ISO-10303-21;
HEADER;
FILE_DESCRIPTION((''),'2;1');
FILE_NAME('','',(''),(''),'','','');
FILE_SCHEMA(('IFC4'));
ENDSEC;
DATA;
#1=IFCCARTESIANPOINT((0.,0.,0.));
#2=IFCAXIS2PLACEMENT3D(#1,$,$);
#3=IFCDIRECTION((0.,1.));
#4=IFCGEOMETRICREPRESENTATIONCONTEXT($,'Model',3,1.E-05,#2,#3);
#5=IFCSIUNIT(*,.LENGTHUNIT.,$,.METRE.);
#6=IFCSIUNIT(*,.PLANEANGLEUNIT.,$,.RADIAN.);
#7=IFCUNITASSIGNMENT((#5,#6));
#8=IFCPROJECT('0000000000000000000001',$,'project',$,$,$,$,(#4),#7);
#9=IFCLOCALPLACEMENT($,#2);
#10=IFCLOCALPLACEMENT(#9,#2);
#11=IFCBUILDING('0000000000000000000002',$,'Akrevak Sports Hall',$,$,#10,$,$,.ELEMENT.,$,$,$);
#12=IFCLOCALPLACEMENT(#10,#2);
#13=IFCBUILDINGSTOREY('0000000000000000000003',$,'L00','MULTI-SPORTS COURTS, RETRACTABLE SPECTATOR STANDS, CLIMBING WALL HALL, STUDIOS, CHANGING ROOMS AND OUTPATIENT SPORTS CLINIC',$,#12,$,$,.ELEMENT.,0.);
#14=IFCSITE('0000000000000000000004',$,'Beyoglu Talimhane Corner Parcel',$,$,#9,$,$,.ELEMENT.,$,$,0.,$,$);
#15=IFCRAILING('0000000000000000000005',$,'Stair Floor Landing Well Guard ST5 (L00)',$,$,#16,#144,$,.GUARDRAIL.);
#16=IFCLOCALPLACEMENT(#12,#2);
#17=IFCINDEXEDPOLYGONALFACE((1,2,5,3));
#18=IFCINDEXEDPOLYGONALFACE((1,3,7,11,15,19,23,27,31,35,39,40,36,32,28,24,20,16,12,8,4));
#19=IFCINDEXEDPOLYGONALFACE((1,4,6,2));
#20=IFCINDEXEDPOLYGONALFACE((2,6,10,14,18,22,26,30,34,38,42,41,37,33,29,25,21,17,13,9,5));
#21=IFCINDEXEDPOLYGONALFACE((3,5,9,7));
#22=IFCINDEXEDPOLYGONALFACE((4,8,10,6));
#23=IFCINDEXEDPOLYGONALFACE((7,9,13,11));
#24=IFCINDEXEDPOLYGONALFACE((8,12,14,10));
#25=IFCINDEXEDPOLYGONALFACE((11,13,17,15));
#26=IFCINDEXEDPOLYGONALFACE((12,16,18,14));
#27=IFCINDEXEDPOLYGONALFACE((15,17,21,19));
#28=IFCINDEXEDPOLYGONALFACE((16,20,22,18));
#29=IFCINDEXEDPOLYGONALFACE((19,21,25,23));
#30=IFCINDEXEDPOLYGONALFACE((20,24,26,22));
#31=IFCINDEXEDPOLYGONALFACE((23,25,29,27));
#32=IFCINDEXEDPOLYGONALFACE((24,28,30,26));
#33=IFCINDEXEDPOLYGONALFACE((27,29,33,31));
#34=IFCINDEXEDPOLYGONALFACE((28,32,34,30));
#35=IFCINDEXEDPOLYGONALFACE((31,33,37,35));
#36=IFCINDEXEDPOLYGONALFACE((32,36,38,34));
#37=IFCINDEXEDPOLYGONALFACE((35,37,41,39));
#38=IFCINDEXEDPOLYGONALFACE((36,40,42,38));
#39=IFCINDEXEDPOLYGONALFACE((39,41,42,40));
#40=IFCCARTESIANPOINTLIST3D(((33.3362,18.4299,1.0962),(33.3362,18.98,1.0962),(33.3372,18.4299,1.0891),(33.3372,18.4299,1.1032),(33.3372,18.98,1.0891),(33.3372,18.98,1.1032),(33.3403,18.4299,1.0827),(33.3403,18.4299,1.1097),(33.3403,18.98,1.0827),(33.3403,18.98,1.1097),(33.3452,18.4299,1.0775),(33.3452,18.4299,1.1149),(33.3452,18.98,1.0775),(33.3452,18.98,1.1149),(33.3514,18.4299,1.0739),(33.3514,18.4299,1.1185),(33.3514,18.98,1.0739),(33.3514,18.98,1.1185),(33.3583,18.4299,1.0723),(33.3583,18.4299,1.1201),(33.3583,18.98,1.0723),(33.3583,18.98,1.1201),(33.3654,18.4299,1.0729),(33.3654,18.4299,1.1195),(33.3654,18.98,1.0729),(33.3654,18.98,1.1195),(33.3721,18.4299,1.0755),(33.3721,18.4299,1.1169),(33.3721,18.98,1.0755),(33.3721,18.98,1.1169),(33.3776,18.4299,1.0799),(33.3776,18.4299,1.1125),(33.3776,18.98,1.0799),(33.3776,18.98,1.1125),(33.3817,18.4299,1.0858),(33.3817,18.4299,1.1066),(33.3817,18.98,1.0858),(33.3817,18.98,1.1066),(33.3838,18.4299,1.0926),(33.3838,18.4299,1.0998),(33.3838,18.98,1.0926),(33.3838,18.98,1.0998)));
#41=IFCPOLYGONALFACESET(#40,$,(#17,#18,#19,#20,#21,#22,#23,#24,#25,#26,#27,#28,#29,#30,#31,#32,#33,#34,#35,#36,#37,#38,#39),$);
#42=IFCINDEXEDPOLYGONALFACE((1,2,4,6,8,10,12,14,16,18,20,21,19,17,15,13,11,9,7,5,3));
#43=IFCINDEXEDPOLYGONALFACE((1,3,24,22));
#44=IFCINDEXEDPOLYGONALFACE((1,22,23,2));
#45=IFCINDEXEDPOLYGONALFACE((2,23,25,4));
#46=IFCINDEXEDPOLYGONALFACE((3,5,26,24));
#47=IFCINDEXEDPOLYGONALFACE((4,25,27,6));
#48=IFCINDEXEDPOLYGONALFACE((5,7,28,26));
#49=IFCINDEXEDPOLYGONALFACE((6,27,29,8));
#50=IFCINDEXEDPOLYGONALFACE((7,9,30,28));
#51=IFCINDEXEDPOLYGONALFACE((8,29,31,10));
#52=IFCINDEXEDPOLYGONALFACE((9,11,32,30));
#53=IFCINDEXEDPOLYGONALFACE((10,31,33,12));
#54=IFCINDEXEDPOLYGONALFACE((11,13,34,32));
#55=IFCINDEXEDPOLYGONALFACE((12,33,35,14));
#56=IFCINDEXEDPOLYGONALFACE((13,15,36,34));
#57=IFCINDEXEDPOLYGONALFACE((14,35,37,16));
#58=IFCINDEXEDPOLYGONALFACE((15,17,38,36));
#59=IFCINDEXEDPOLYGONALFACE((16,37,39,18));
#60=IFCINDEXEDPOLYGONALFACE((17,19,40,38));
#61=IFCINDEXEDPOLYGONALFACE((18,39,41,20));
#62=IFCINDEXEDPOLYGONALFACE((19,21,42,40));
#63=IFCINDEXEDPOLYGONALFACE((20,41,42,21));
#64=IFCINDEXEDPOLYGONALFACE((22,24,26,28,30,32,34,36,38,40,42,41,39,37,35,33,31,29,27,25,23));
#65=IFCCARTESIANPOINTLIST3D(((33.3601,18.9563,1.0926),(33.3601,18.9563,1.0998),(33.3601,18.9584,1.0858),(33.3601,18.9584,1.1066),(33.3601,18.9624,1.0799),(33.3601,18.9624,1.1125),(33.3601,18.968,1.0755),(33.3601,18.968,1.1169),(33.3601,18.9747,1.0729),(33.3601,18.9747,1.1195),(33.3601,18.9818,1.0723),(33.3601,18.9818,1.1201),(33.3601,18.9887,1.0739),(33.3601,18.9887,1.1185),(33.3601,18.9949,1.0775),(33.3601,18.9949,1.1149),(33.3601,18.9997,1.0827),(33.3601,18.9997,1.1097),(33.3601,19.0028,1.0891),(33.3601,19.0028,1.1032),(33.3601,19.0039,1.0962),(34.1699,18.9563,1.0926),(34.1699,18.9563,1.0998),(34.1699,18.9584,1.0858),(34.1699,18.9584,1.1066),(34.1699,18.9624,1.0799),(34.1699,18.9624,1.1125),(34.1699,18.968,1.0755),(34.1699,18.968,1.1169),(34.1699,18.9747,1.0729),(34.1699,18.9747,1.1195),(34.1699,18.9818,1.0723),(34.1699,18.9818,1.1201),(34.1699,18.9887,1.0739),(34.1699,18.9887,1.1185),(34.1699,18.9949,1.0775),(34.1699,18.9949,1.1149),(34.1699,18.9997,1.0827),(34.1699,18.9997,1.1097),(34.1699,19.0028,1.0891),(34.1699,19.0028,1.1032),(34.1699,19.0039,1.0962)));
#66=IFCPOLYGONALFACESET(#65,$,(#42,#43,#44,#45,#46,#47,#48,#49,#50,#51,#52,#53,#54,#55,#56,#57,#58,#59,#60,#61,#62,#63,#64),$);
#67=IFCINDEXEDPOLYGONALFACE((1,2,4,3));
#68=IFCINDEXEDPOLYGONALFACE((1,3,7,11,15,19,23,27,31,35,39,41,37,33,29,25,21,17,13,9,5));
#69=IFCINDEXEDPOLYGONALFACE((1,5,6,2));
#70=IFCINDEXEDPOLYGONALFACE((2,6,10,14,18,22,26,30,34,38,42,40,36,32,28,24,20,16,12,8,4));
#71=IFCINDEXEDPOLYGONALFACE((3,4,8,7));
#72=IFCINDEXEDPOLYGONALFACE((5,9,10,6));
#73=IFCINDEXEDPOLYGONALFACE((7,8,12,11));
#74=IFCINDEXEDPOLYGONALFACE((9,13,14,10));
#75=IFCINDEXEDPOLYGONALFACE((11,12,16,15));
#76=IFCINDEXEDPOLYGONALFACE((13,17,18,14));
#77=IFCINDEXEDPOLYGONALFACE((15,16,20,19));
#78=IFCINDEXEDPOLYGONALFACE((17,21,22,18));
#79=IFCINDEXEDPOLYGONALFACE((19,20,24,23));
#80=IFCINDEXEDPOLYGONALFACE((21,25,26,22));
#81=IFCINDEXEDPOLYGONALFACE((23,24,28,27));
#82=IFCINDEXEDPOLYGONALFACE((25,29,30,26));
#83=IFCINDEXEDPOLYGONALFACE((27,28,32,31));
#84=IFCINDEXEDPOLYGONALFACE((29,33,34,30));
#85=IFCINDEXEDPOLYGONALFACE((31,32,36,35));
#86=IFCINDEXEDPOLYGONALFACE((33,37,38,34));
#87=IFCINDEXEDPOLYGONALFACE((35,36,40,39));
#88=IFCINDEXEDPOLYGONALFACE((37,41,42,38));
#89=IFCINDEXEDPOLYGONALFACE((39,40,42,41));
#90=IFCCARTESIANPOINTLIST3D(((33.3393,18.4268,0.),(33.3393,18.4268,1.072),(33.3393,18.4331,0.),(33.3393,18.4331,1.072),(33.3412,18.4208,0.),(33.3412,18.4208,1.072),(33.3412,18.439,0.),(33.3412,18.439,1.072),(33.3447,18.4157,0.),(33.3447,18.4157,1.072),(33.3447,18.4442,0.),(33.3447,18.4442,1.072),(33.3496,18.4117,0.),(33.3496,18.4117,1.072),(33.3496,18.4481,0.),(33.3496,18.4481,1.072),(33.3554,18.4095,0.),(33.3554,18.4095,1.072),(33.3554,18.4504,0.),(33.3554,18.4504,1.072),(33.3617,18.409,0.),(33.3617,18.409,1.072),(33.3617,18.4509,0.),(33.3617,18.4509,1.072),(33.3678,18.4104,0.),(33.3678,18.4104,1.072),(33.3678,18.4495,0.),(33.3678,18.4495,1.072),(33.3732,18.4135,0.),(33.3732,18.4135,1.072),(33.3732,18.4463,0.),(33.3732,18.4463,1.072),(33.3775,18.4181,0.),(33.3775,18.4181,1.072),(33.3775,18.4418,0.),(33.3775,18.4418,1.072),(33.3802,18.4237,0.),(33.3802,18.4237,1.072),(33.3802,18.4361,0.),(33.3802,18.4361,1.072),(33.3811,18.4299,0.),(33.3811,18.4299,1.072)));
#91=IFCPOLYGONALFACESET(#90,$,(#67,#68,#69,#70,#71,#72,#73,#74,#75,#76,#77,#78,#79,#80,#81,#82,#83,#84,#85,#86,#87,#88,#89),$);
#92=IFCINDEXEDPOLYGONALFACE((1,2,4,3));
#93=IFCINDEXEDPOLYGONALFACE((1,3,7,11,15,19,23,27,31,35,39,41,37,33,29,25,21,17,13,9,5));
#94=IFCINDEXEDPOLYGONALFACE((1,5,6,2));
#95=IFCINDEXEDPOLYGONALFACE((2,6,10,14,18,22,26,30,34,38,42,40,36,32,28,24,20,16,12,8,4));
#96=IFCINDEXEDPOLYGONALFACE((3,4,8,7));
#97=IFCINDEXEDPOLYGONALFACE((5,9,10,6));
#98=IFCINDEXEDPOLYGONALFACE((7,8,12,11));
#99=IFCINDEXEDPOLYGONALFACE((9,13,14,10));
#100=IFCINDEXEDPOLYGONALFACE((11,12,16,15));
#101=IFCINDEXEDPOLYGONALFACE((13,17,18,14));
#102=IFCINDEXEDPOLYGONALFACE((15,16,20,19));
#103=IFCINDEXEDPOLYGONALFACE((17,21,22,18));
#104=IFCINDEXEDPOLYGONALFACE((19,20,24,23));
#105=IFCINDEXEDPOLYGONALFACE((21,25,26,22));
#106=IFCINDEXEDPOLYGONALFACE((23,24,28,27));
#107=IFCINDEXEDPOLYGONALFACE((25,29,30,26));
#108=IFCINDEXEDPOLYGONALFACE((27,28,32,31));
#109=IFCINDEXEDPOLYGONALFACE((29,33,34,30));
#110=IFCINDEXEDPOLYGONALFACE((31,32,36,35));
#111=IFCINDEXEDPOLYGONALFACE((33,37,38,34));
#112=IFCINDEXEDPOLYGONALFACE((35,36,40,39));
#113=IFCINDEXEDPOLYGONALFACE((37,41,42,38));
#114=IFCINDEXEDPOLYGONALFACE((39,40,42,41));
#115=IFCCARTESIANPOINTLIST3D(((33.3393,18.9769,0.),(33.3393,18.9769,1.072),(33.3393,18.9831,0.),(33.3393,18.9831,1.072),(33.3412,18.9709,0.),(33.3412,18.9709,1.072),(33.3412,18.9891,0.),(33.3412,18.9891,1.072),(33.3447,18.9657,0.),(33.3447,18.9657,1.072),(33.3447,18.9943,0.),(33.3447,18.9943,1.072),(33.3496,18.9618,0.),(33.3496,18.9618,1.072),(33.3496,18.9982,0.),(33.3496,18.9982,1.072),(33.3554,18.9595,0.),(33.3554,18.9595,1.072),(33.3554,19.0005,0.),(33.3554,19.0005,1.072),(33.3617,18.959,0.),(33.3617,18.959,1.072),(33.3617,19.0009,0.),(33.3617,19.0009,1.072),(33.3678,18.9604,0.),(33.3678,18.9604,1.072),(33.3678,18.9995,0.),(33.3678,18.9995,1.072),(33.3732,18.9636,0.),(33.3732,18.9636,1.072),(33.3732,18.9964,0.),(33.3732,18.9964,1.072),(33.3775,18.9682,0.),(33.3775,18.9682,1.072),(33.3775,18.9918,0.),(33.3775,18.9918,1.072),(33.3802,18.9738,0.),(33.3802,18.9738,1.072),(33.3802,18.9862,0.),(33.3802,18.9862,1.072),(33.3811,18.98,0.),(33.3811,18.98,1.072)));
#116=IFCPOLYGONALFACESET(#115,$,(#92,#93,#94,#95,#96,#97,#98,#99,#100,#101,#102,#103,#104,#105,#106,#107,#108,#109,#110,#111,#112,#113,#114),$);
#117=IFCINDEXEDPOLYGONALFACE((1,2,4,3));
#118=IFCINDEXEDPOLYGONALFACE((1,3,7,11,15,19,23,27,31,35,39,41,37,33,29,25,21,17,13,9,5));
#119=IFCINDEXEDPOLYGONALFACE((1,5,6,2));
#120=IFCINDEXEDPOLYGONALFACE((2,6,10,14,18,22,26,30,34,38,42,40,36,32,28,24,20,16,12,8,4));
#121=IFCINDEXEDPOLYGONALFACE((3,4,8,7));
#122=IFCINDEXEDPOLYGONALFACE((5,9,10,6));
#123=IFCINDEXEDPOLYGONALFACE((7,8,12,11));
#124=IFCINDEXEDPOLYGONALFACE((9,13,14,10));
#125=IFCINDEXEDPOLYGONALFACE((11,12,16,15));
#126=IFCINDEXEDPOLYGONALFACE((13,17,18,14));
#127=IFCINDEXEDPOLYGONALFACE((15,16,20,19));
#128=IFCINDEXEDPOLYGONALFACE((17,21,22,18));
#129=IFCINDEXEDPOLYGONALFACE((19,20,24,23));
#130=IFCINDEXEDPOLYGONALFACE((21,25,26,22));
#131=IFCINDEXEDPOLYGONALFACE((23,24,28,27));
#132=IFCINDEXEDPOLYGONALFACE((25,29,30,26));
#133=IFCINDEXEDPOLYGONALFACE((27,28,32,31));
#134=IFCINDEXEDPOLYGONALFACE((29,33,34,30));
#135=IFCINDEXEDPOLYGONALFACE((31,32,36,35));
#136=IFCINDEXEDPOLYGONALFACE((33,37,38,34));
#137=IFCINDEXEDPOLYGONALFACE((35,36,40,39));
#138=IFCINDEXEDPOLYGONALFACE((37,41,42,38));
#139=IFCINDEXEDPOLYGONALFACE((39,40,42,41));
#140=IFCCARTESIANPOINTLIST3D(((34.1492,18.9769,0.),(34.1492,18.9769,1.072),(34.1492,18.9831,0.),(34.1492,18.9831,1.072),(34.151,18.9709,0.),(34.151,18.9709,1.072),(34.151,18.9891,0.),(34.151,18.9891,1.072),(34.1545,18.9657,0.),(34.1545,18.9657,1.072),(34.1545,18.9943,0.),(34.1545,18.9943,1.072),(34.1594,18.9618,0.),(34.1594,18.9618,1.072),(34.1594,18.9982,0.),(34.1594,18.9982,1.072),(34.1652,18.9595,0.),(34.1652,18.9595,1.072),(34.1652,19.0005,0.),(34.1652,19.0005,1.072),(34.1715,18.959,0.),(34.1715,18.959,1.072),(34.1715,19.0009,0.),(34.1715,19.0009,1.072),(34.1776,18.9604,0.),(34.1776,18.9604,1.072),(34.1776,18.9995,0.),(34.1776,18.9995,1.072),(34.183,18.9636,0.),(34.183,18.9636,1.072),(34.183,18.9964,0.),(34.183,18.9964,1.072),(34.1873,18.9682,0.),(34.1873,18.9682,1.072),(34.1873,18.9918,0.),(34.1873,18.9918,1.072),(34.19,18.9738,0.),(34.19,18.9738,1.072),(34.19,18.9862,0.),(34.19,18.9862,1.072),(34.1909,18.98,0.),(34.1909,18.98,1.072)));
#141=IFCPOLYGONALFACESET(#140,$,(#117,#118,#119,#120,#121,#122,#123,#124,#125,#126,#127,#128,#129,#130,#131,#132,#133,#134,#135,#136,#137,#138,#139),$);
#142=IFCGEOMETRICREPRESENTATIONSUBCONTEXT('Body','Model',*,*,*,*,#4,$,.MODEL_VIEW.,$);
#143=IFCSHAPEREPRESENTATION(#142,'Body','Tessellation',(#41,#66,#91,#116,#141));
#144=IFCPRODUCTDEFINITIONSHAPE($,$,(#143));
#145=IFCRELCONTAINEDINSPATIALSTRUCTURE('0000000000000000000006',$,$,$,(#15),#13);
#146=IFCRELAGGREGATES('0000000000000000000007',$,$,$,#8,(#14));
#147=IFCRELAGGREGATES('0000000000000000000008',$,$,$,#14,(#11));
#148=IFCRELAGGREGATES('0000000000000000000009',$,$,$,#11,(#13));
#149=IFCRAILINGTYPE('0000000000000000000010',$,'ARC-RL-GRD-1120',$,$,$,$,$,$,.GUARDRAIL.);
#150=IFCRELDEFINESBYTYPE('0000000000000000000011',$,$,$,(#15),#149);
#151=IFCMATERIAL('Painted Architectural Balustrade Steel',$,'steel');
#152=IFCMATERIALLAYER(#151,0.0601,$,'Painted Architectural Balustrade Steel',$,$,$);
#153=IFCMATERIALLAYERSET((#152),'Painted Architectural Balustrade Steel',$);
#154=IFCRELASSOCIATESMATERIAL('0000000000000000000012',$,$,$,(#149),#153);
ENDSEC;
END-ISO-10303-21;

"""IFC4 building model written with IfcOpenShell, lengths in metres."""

from ifc_helpers import new_model, si_unit, direction, frame, origin, origin_2d, place, context, subcontext, project, spatial, circle, extrude, material, layer, layer_set, type_object, element, save


model = new_model("IFC4")

# Units and contexts
model_context = context("Model", 3, precision=1e-05, world=origin(), true_north=direction((0.0, 1.0)))
body_context = subcontext(model_context, "Body", "Model", "MODEL_VIEW")
ifc_project = project(units=[si_unit("LENGTHUNIT", "METRE"), si_unit("PLANEANGLEUNIT", "RADIAN")], contexts=[model_context])

# Site, building, storey
site_placement = place(None, origin())
site = spatial("IfcSite", under=ifc_project, at=site_placement, Name="Beyoglu Talimhane Corner Parcel", CompositionType="ELEMENT", RefElevation=0.0)
building_placement = place(site_placement, origin())
building = spatial("IfcBuilding", under=site, at=building_placement, Name="Akrevak Sports Hall", CompositionType="ELEMENT")
storey_placement = place(building_placement, origin())
storey = spatial("IfcBuildingStorey", under=building, at=storey_placement, Name="L00", Description="MULTI-SPORTS COURTS, RETRACTABLE SPECTATOR STANDS, CLIMBING WALL HALL, STUDIOS, CHANGING ROOMS AND OUTPATIENT SPORTS CLINIC", CompositionType="ELEMENT", Elevation=0.0)

# Railing
ifc_material_1 = material(Name="Painted Architectural Balustrade Steel", Category="steel")
ifc_layer_1 = layer(ifc_material_1, 0.0601, Name="Painted Architectural Balustrade Steel")
ifc_layer_set_1 = layer_set([ifc_layer_1], Name="Painted Architectural Balustrade Steel")
railing_type_1 = type_object("IfcRailingType", Name="ARC-RL-GRD-1120", PredefinedType="GUARDRAIL", material=ifc_layer_set_1)
railing_1_placement = place(storey_placement, frame((33.3601, 18.4299, 0.0)))
element("IfcRailing", 1, at=railing_1_placement, inside=storey, type_object=railing_type_1, Name="Stair Floor Landing Well Guard ST5 (L00)", PredefinedType="GUARDRAIL", context=body_context, shape_type="SweptSolid", body=[
    extrude(circle(Radius=0.0239, at=origin_2d()), frame((0.0, 0.0, 1.0962), z_axis=(0.0, 1.0, 0.0), x_axis=(-1.0, 0.0, 0.0)), (0.0, 0.0, 1.0), 0.55),
    extrude(circle(Radius=0.0239, at=origin_2d()), frame((0.0, 0.55, 1.0962), z_axis=(1.0, 0.0, 0.0), x_axis=(0.0, 1.0, 0.0)), (0.0, 0.0, 1.0), 0.8098),
    extrude(circle(Radius=0.021, at=origin_2d()), origin(), (0.0, 0.0, 1.0), 1.072),
    extrude(circle(Radius=0.021, at=origin_2d()), frame((0.0, 0.55, 0.0)), (0.0, 0.0, 1.0), 1.072),
    extrude(circle(Radius=0.021, at=origin_2d()), frame((0.8098, 0.55, 0.0)), (0.0, 0.0, 1.0), 1.072),
])

save(model, "model.ifc")
